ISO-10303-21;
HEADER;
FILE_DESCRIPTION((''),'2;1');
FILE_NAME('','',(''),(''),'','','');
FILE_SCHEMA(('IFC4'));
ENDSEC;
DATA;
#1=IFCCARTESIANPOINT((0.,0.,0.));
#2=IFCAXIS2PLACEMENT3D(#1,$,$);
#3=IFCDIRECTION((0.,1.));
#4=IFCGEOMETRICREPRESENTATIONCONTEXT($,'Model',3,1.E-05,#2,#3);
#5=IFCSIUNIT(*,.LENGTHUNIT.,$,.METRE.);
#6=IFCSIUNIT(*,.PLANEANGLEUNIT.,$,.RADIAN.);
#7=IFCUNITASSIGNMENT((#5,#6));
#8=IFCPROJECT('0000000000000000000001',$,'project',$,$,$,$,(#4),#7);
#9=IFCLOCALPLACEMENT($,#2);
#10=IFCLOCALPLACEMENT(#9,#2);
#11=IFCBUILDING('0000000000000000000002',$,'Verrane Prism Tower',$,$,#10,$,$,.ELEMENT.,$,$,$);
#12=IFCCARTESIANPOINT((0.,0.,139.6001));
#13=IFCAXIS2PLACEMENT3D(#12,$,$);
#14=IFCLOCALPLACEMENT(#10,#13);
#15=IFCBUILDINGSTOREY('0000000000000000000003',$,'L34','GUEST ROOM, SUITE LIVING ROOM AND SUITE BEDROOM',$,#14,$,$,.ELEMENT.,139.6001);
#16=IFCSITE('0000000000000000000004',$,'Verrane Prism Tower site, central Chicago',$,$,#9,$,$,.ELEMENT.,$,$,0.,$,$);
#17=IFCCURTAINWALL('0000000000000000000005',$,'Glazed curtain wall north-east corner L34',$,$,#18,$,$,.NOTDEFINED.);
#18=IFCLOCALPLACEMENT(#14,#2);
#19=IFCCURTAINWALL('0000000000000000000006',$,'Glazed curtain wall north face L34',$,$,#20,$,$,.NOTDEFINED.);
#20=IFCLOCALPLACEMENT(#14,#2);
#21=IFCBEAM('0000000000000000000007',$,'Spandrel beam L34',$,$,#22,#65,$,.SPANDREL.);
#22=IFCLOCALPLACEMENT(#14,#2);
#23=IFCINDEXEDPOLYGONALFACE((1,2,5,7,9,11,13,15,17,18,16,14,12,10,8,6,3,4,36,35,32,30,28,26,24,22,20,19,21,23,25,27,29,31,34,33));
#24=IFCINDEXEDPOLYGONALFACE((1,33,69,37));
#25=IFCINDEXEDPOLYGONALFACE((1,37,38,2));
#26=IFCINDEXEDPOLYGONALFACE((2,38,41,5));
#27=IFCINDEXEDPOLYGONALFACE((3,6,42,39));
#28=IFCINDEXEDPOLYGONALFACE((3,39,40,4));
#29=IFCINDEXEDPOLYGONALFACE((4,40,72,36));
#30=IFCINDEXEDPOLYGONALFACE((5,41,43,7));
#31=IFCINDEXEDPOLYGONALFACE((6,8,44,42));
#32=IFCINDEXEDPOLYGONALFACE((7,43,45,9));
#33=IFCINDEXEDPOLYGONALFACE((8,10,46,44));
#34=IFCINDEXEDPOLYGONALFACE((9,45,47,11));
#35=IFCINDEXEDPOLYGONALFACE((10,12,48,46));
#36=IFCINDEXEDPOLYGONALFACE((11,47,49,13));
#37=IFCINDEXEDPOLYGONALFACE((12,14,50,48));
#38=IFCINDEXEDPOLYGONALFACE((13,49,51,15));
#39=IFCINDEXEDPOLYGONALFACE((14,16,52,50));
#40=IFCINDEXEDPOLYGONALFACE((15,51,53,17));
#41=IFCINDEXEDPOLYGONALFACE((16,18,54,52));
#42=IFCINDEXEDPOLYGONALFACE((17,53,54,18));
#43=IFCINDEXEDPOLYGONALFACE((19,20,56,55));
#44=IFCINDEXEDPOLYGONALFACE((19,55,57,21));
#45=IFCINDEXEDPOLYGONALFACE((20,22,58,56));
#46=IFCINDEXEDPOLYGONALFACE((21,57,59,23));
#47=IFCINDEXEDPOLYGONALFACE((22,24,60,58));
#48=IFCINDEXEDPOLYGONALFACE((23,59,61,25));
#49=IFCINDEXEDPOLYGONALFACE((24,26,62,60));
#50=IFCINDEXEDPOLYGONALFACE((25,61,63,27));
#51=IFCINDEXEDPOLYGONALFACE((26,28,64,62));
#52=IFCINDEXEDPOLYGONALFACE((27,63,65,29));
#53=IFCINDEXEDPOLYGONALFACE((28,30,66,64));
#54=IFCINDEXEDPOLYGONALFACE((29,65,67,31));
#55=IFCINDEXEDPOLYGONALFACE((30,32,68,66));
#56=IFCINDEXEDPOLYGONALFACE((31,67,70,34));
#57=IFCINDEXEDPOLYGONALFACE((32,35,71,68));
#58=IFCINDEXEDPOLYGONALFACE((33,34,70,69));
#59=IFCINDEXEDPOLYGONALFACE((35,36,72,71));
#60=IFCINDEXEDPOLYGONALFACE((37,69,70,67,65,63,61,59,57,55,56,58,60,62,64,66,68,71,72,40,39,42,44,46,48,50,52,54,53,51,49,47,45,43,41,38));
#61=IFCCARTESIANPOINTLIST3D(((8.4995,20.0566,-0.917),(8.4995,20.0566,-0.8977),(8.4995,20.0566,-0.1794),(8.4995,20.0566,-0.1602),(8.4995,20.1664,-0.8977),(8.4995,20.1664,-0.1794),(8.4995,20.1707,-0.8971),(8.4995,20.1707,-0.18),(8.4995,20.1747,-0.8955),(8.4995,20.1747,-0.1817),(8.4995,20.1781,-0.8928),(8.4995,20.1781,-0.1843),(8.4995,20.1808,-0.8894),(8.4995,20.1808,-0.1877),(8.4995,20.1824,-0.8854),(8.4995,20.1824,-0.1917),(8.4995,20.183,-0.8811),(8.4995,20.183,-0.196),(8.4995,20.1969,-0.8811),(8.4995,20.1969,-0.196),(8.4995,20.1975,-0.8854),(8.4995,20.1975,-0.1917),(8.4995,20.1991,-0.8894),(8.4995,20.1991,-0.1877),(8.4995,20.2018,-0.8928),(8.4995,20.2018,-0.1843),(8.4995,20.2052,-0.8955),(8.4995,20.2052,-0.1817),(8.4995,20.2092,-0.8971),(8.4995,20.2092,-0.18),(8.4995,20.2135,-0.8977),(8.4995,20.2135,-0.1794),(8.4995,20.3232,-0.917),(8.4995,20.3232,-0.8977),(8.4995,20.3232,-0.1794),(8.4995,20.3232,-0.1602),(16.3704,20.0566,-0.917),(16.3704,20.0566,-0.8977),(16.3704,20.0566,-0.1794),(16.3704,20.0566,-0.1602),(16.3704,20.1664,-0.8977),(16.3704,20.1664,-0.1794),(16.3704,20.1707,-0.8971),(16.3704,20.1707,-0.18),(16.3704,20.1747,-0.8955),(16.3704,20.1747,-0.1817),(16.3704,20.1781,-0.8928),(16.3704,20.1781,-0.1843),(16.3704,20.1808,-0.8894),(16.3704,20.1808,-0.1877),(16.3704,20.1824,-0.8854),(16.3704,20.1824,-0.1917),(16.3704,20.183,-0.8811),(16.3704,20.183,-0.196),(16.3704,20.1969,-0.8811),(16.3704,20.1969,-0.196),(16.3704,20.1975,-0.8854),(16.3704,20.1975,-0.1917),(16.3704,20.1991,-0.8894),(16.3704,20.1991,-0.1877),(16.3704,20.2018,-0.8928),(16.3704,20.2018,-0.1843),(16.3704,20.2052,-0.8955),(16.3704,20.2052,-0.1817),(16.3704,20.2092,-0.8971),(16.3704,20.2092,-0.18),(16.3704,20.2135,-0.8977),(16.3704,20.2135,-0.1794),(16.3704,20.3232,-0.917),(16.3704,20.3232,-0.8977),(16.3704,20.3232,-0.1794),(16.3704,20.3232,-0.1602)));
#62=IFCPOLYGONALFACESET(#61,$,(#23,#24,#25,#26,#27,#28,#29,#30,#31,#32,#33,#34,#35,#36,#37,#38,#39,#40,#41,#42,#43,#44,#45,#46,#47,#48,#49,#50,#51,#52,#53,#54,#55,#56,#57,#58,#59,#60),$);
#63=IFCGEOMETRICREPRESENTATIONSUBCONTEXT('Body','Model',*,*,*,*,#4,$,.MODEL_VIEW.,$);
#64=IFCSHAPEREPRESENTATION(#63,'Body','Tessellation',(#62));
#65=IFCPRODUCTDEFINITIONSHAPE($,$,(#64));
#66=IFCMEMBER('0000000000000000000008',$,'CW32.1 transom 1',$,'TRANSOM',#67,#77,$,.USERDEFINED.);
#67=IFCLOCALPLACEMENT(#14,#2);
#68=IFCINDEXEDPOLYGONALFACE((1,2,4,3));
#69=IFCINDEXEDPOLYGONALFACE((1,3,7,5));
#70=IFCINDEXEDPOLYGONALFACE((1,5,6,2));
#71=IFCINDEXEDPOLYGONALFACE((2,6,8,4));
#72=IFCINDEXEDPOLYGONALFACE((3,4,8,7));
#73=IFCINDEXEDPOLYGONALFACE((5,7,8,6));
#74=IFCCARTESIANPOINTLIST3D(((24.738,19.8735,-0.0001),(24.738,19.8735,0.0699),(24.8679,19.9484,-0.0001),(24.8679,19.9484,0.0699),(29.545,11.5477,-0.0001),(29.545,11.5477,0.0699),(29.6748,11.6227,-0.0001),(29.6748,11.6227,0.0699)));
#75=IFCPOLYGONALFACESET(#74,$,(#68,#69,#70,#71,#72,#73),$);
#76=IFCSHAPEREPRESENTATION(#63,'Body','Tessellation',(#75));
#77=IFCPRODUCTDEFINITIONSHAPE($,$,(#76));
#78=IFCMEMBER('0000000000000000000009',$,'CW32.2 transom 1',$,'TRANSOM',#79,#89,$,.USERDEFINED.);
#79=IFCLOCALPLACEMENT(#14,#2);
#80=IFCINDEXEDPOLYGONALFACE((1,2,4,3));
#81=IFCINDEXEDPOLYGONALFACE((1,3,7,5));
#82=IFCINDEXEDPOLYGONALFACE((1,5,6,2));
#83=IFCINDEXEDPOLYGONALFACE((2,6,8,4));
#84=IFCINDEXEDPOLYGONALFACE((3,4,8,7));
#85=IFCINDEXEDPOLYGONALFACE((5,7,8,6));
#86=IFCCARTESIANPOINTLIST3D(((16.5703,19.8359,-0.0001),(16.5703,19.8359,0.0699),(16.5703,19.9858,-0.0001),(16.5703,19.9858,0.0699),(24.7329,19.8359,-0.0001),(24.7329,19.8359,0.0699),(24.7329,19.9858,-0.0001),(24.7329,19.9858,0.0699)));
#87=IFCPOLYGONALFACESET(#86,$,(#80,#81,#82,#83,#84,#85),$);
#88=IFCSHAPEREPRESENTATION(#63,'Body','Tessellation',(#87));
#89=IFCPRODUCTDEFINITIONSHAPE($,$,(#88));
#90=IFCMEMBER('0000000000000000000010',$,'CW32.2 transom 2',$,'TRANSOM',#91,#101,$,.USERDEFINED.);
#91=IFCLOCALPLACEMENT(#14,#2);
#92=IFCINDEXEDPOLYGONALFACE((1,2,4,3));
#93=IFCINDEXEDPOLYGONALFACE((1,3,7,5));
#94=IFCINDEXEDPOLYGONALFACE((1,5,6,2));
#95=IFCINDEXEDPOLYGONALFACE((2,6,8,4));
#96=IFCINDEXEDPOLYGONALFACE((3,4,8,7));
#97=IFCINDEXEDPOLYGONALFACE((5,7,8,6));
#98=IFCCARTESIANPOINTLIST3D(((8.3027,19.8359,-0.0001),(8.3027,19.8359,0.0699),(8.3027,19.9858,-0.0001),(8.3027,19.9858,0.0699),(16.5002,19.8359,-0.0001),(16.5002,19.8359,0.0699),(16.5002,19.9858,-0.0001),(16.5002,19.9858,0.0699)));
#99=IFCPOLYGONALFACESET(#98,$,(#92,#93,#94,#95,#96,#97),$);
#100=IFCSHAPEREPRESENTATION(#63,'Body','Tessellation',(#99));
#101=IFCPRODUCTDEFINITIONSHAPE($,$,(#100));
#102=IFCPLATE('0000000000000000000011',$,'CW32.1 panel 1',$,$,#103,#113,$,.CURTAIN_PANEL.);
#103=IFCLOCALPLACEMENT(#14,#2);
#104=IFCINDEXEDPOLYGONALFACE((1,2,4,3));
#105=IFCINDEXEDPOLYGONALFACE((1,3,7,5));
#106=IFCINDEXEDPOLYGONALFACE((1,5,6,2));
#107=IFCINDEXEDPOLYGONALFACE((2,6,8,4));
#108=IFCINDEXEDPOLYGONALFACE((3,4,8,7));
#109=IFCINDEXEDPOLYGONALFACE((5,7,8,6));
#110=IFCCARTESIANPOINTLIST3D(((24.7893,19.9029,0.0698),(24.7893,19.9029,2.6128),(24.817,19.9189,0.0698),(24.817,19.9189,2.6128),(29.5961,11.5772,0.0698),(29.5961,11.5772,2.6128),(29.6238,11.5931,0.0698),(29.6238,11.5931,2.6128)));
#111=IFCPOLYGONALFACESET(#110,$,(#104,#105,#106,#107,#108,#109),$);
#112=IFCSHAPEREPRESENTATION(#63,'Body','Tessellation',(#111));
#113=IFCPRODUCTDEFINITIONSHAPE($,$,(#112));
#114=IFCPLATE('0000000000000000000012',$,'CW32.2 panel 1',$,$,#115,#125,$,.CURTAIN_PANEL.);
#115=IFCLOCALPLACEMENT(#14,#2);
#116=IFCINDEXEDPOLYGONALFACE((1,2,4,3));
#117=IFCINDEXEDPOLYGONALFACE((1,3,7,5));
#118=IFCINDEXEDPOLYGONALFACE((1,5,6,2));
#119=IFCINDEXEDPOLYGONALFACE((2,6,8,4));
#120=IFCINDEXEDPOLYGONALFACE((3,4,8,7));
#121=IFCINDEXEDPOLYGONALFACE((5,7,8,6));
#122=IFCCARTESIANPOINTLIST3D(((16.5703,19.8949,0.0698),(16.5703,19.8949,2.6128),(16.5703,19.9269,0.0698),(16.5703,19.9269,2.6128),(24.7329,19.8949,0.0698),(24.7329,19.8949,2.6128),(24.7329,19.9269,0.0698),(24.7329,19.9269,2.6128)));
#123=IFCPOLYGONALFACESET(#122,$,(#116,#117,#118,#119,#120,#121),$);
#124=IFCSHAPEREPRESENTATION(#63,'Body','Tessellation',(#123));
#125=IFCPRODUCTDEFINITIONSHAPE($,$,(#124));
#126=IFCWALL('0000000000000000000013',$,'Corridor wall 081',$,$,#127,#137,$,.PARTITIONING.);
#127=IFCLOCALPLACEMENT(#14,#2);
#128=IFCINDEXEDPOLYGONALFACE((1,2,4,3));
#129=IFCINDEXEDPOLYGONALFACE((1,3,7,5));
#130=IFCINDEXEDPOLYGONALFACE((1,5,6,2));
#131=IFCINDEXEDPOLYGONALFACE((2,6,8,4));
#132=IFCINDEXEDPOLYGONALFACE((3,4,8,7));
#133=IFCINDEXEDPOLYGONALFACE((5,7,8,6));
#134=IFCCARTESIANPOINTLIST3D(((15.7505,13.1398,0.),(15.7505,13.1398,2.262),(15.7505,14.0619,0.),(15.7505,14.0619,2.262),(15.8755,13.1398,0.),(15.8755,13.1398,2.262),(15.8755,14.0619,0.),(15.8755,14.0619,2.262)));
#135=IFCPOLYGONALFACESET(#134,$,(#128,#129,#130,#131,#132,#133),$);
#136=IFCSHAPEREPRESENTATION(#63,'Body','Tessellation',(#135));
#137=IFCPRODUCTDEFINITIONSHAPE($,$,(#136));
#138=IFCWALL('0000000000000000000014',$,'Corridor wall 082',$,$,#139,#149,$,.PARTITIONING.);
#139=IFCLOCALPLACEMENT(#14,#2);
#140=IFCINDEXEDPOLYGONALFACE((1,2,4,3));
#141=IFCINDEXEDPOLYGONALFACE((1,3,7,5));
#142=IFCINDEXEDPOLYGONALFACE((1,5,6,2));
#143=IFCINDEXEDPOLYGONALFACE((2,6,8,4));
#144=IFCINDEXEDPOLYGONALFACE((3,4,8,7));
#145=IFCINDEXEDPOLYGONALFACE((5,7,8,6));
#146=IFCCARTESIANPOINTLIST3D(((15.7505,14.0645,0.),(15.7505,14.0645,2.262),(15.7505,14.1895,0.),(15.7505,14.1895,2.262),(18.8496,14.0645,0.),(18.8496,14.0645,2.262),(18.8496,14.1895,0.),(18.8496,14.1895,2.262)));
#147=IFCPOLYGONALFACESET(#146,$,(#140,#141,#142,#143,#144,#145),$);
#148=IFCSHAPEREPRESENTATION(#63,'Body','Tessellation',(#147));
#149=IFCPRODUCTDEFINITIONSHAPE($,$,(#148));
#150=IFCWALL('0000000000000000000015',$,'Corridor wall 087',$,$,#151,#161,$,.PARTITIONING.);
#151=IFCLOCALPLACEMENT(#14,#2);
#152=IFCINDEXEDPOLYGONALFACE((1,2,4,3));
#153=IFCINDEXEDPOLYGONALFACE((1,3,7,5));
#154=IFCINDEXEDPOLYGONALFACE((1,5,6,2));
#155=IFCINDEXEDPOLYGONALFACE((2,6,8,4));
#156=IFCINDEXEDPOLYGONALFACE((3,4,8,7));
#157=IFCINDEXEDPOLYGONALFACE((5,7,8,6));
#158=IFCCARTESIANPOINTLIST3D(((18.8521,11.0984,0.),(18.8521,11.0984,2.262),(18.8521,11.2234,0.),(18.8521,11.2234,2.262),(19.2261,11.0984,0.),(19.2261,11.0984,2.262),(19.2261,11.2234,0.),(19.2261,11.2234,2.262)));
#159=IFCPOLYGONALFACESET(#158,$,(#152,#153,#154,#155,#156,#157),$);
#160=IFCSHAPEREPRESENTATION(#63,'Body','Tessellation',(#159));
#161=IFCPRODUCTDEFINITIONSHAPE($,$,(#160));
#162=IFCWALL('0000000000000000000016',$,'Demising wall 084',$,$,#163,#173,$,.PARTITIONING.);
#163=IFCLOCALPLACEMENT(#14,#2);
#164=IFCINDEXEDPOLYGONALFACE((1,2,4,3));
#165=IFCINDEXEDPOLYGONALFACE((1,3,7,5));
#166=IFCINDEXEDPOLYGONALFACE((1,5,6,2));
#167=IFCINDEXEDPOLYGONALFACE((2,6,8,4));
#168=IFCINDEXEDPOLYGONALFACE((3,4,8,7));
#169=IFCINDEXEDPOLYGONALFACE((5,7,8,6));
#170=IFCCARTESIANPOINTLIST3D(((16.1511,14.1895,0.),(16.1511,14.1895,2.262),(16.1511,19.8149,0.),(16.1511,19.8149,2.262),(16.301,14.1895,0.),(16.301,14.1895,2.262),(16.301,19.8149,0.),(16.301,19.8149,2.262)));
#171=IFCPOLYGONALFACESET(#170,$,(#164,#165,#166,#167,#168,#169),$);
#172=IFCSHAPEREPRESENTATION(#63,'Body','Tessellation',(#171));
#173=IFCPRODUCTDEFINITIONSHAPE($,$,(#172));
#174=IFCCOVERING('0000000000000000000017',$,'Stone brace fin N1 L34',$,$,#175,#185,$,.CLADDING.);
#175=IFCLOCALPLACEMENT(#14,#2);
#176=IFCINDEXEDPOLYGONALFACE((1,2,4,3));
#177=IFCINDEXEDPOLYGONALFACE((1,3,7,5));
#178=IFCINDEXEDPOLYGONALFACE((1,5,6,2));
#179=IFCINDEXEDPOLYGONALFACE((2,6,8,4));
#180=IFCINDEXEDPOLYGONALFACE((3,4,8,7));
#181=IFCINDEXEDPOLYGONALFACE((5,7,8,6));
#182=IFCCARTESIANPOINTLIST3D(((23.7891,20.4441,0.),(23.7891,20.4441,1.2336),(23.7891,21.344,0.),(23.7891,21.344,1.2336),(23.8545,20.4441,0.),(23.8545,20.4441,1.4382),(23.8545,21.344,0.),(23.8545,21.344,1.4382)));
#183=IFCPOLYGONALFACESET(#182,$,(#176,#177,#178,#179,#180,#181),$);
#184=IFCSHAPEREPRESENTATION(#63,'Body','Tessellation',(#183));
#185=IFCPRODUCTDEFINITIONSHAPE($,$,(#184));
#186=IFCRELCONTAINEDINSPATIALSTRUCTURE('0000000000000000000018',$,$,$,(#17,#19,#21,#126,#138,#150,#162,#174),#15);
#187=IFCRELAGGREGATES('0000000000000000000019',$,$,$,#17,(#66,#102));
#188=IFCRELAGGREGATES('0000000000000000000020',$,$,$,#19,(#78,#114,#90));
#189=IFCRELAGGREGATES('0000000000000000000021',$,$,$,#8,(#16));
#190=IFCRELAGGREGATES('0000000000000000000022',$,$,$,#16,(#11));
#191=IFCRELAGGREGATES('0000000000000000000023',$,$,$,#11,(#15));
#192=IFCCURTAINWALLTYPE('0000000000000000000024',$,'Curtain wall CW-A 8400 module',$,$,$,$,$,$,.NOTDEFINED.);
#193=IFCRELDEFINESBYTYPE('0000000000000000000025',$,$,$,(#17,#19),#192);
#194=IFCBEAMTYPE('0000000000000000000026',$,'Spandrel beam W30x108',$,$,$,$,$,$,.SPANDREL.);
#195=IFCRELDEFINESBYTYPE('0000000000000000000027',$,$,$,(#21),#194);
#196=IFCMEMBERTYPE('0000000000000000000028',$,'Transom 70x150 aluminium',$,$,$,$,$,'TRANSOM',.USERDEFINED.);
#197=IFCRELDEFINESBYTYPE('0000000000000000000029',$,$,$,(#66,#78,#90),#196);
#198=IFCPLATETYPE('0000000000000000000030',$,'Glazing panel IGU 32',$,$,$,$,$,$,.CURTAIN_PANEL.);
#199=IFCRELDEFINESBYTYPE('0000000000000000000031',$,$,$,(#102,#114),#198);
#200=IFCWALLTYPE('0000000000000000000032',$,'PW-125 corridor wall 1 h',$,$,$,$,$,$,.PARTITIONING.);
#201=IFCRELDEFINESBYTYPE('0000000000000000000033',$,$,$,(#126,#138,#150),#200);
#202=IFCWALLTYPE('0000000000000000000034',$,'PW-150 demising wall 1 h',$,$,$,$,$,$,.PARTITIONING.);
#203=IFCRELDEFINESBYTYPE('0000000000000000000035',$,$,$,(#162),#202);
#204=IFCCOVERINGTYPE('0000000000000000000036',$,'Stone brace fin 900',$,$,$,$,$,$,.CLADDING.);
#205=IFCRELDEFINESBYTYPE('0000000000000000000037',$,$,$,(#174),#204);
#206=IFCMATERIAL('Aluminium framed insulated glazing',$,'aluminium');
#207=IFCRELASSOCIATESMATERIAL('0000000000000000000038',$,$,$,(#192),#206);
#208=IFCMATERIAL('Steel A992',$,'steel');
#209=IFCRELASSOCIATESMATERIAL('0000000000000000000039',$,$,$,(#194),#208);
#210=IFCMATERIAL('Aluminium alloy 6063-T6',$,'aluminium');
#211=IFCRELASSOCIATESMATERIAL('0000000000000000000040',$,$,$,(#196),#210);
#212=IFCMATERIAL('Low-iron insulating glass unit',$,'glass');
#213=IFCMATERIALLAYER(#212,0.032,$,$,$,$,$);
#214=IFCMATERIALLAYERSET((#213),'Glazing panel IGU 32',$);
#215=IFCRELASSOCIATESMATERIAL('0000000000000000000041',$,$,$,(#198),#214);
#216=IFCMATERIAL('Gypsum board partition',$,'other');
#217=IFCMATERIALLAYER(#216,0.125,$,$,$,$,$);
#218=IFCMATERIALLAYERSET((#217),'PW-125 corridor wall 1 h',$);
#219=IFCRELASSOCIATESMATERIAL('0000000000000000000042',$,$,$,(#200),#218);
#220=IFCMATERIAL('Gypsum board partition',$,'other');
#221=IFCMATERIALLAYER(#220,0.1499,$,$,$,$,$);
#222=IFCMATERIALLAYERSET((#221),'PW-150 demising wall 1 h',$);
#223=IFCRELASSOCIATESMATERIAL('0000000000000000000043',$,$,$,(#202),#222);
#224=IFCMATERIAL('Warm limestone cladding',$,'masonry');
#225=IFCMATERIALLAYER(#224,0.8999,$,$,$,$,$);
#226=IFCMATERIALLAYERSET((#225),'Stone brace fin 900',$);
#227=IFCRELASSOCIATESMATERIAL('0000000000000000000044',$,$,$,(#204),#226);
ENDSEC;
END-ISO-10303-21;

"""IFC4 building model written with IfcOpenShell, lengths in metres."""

from ifc_helpers import new_model, si_unit, direction, frame, frame_2d, origin, origin_2d, place, context, subcontext, project, spatial, polyline, rectangle, i_section, outline, extrude, material, layer, layer_set, material_profile, profile_set, type_object, element, aggregate, save


model = new_model("IFC4")

# Units and contexts
model_context = context("Model", 3, precision=1e-05, world=origin(), true_north=direction((0.0, 1.0)))
body_context = subcontext(model_context, "Body", "Model", "MODEL_VIEW")
ifc_project = project(units=[si_unit("LENGTHUNIT", "METRE"), si_unit("PLANEANGLEUNIT", "RADIAN")], contexts=[model_context])

# Site, building, storey
site_placement = place(None, origin())
site = spatial("IfcSite", under=ifc_project, at=site_placement, Name="Verrane Prism Tower site, central Chicago", CompositionType="ELEMENT", RefElevation=0.0)
building_placement = place(site_placement, origin())
building = spatial("IfcBuilding", under=site, at=building_placement, Name="Verrane Prism Tower", CompositionType="ELEMENT")
storey_placement = place(building_placement, frame((0.0, 0.0, 139.6001)))
storey = spatial("IfcBuildingStorey", under=building, at=storey_placement, Name="L34", Description="GUEST ROOM, SUITE LIVING ROOM AND SUITE BEDROOM", CompositionType="ELEMENT", Elevation=139.6001)

# Curtain wall
ifc_material_1 = material(Name="Aluminium framed insulated glazing", Category="aluminium")
curtain_wall_type = type_object("IfcCurtainWallType", Name="Curtain wall CW-A 8400 module", PredefinedType="NOTDEFINED", material=ifc_material_1)
curtain_wall_1_placement = place(storey_placement, origin())
curtain_wall_1 = element("IfcCurtainWall", 1, at=curtain_wall_1_placement, inside=storey, type_object=curtain_wall_type, Name="Glazed curtain wall north-east corner L34", PredefinedType="NOTDEFINED")

# Curtain wall
curtain_wall_2_placement = place(storey_placement, origin())
curtain_wall_2 = element("IfcCurtainWall", 2, at=curtain_wall_2_placement, inside=storey, type_object=curtain_wall_type, Name="Glazed curtain wall north face L34", PredefinedType="NOTDEFINED")

# Beam
ifc_material_2 = material(Name="Steel A992", Category="steel")
ifc_material_profile_1 = material_profile(ifc_material_2, i_section(OverallWidth=0.2666, OverallDepth=0.7568, WebThickness=0.0139, FlangeThickness=0.0193, FilletRadius=0.0166, at=origin_2d()), Name="W30x108")
ifc_profile_set_1 = profile_set([ifc_material_profile_1], Name="Steel A992")
beam_type_1 = type_object("IfcBeamType", Name="Spandrel beam W30x108", PredefinedType="SPANDREL", material=ifc_profile_set_1)
beam_1_placement = place(storey_placement, frame((16.3704, 20.1899, -0.5386), z_axis=(-1.0, 0.0, 0.0), x_axis=(0.0, -1.0, 0.0)))
element("IfcBeam", 3, at=beam_1_placement, inside=storey, type_object=beam_type_1, Name="Spandrel beam L34", PredefinedType="SPANDREL", context=body_context, shape_type="SweptSolid", body=[
    extrude(i_section(OverallWidth=0.2666, OverallDepth=0.7568, WebThickness=0.0139, FlangeThickness=0.0193, FilletRadius=0.0166, at=origin_2d()), origin(), (0.0, 0.0, 1.0), 7.8708),
])

# Members
ifc_material_3 = material(Name="Aluminium alloy 6063-T6", Category="aluminium")
ifc_material_profile_2 = material_profile(ifc_material_3, rectangle(XDim=0.1499, YDim=0.0701, at=origin_2d()), Name="Transom 70x150 aluminium")
ifc_profile_set_2 = profile_set([ifc_material_profile_2], Name="Aluminium alloy 6063-T6")
member_type_1 = type_object("IfcMemberType", Name="Transom 70x150 aluminium", ElementType="TRANSOM", PredefinedType="USERDEFINED", material=ifc_profile_set_2)
member_1_placement = place(storey_placement, frame((29.6099, 11.5852, 0.0349), z_axis=(-0.500004, 0.866023, 0.0), x_axis=(-0.866023, -0.500004, 0.0)))
member_1 = element("IfcMember", 4, at=member_1_placement, type_object=member_type_1, Name="CW32.1 transom 1", ObjectType="TRANSOM", PredefinedType="USERDEFINED", context=body_context, shape_type="SweptSolid", body=[
    extrude(rectangle(XDim=0.1499, YDim=0.0701, at=origin_2d()), origin(), (0.0, 0.0, 1.0), 9.6138),
])
member_2_placement = place(storey_placement, frame((24.7329, 19.9109, 0.0349), z_axis=(-1.0, 0.0, 0.0), x_axis=(0.0, -1.0, 0.0)))
member_2 = element("IfcMember", 5, at=member_2_placement, type_object=member_type_1, Name="CW32.2 transom 1", ObjectType="TRANSOM", PredefinedType="USERDEFINED", context=body_context, shape_type="SweptSolid", body=[
    extrude(rectangle(XDim=0.1499, YDim=0.0701, at=origin_2d()), origin(), (0.0, 0.0, 1.0), 8.1626),
])
member_3_placement = place(storey_placement, frame((16.5002, 19.9109, 0.0349), z_axis=(-1.0, 0.0, 0.0), x_axis=(0.0, -1.0, 0.0)))
member_3 = element("IfcMember", 6, at=member_3_placement, type_object=member_type_1, Name="CW32.2 transom 2", ObjectType="TRANSOM", PredefinedType="USERDEFINED", context=body_context, shape_type="SweptSolid", body=[
    extrude(rectangle(XDim=0.1499, YDim=0.0701, at=origin_2d()), origin(), (0.0, 0.0, 1.0), 8.1975),
])

# Plates
ifc_material_4 = material(Name="Low-iron insulating glass unit", Category="glass")
ifc_layer_1 = layer(ifc_material_4, 0.032)
ifc_layer_set_1 = layer_set([ifc_layer_1], Name="Glazing panel IGU 32")
plate_type = type_object("IfcPlateType", Name="Glazing panel IGU 32", PredefinedType="CURTAIN_PANEL", material=ifc_layer_set_1)
plate_1_placement = place(storey_placement, frame((27.2065, 15.748, 0.0698), z_axis=(0.0, 0.0, 1.0), x_axis=(-0.499996, 0.866028, 0.0)))
plate_1 = element("IfcPlate", 7, at=plate_1_placement, type_object=plate_type, Name="CW32.1 panel 1", PredefinedType="CURTAIN_PANEL", context=body_context, shape_type="SweptSolid", body=[
    extrude(rectangle(XDim=9.6138, YDim=0.032, at=origin_2d()), origin(), (0.0, 0.0, 1.0), 2.543),
])
aggregate(curtain_wall_1, [member_1, plate_1])
plate_2_placement = place(storey_placement, frame((20.6516, 19.9109, 0.0698), z_axis=(0.0, 0.0, 1.0), x_axis=(-1.0, 0.0, 0.0)))
plate_2 = element("IfcPlate", 8, at=plate_2_placement, type_object=plate_type, Name="CW32.2 panel 1", PredefinedType="CURTAIN_PANEL", context=body_context, shape_type="SweptSolid", body=[
    extrude(rectangle(XDim=8.1626, YDim=0.032, at=origin_2d()), origin(), (0.0, 0.0, 1.0), 2.543),
])
aggregate(curtain_wall_2, [member_2, plate_2, member_3])

# Walls
ifc_material_5 = material(Name="Gypsum board partition", Category="other")
ifc_layer_2 = layer(ifc_material_5, 0.125)
ifc_layer_set_2 = layer_set([ifc_layer_2], Name="PW-125 corridor wall 1 h")
wall_type_1 = type_object("IfcWallType", Name="PW-125 corridor wall 1 h", PredefinedType="PARTITIONING", material=ifc_layer_set_2)
wall_1_placement = place(storey_placement, frame((15.813, 13.1399, 0.0), z_axis=(0.0, 0.0, 1.0), x_axis=(0.0, 1.0, 0.0)))
element("IfcWall", 9, at=wall_1_placement, inside=storey, type_object=wall_type_1, Name="Corridor wall 081", PredefinedType="PARTITIONING", context=body_context, shape_type="SweptSolid", body=[
    extrude(rectangle(XDim=0.9221, YDim=0.125, at=frame_2d((0.4609, 0.0))), origin(), (0.0, 0.0, 1.0), 2.262),
])
wall_2_placement = place(storey_placement, frame((15.7505, 14.127, 0.0), z_axis=(0.0, 0.0, 1.0), x_axis=(1.0, 0.0, 0.0)))
element("IfcWall", 10, at=wall_2_placement, inside=storey, type_object=wall_type_1, Name="Corridor wall 082", PredefinedType="PARTITIONING", context=body_context, shape_type="SweptSolid", body=[
    extrude(rectangle(XDim=3.0991, YDim=0.125, at=frame_2d((1.5496, 0.0))), origin(), (0.0, 0.0, 1.0), 2.262),
])
wall_3_placement = place(storey_placement, frame((18.8521, 11.1609, 0.0), z_axis=(0.0, 0.0, 1.0), x_axis=(1.0, 0.0, 0.0)))
element("IfcWall", 11, at=wall_3_placement, inside=storey, type_object=wall_type_1, Name="Corridor wall 087", PredefinedType="PARTITIONING", context=body_context, shape_type="SweptSolid", body=[
    extrude(rectangle(XDim=0.374, YDim=0.125, at=frame_2d((0.187, 0.0))), origin(), (0.0, 0.0, 1.0), 2.262),
])
ifc_material_6 = material(Name="Gypsum board partition", Category="other")
ifc_layer_3 = layer(ifc_material_6, 0.1499)
ifc_layer_set_3 = layer_set([ifc_layer_3], Name="PW-150 demising wall 1 h")
wall_type_2 = type_object("IfcWallType", Name="PW-150 demising wall 1 h", PredefinedType="PARTITIONING", material=ifc_layer_set_3)
wall_4_placement = place(storey_placement, frame((16.2261, 14.1895, 0.0), z_axis=(0.0, 0.0, 1.0), x_axis=(0.0, 1.0, 0.0)))
element("IfcWall", 12, at=wall_4_placement, inside=storey, type_object=wall_type_2, Name="Demising wall 084", PredefinedType="PARTITIONING", context=body_context, shape_type="SweptSolid", body=[
    extrude(rectangle(XDim=5.6255, YDim=0.1499, at=frame_2d((2.8127, 0.0))), origin(), (0.0, 0.0, 1.0), 2.262),
])

# Covering
ifc_material_7 = material(Name="Warm limestone cladding", Category="masonry")
ifc_layer_4 = layer(ifc_material_7, 0.8999)
ifc_layer_set_4 = layer_set([ifc_layer_4], Name="Stone brace fin 900")
covering_type = type_object("IfcCoveringType", Name="Stone brace fin 900", PredefinedType="CLADDING", material=ifc_layer_set_4)
covering_1_placement = place(storey_placement, frame((23.7891, 20.894, 0.0), z_axis=(0.0, 0.0, 1.0), x_axis=(1.0, 0.0, 0.0)))
element("IfcCovering", 13, at=covering_1_placement, inside=storey, type_object=covering_type, Name="Stone brace fin N1 L34", PredefinedType="CLADDING", context=body_context, shape_type="SweptSolid", body=[
    extrude(outline(polyline([(0.0, 0.0), (0.0654, 0.0), (0.0654, 1.4382), (0.0, 1.2336), (0.0, 0.0)])), frame((0.0, 0.45, 0.0), z_axis=(0.0, -1.0, 0.0), x_axis=(1.0, 0.0, 0.0)), (0.0, 0.0, 1.0), 0.8999),
])

save(model, "model.ifc")
